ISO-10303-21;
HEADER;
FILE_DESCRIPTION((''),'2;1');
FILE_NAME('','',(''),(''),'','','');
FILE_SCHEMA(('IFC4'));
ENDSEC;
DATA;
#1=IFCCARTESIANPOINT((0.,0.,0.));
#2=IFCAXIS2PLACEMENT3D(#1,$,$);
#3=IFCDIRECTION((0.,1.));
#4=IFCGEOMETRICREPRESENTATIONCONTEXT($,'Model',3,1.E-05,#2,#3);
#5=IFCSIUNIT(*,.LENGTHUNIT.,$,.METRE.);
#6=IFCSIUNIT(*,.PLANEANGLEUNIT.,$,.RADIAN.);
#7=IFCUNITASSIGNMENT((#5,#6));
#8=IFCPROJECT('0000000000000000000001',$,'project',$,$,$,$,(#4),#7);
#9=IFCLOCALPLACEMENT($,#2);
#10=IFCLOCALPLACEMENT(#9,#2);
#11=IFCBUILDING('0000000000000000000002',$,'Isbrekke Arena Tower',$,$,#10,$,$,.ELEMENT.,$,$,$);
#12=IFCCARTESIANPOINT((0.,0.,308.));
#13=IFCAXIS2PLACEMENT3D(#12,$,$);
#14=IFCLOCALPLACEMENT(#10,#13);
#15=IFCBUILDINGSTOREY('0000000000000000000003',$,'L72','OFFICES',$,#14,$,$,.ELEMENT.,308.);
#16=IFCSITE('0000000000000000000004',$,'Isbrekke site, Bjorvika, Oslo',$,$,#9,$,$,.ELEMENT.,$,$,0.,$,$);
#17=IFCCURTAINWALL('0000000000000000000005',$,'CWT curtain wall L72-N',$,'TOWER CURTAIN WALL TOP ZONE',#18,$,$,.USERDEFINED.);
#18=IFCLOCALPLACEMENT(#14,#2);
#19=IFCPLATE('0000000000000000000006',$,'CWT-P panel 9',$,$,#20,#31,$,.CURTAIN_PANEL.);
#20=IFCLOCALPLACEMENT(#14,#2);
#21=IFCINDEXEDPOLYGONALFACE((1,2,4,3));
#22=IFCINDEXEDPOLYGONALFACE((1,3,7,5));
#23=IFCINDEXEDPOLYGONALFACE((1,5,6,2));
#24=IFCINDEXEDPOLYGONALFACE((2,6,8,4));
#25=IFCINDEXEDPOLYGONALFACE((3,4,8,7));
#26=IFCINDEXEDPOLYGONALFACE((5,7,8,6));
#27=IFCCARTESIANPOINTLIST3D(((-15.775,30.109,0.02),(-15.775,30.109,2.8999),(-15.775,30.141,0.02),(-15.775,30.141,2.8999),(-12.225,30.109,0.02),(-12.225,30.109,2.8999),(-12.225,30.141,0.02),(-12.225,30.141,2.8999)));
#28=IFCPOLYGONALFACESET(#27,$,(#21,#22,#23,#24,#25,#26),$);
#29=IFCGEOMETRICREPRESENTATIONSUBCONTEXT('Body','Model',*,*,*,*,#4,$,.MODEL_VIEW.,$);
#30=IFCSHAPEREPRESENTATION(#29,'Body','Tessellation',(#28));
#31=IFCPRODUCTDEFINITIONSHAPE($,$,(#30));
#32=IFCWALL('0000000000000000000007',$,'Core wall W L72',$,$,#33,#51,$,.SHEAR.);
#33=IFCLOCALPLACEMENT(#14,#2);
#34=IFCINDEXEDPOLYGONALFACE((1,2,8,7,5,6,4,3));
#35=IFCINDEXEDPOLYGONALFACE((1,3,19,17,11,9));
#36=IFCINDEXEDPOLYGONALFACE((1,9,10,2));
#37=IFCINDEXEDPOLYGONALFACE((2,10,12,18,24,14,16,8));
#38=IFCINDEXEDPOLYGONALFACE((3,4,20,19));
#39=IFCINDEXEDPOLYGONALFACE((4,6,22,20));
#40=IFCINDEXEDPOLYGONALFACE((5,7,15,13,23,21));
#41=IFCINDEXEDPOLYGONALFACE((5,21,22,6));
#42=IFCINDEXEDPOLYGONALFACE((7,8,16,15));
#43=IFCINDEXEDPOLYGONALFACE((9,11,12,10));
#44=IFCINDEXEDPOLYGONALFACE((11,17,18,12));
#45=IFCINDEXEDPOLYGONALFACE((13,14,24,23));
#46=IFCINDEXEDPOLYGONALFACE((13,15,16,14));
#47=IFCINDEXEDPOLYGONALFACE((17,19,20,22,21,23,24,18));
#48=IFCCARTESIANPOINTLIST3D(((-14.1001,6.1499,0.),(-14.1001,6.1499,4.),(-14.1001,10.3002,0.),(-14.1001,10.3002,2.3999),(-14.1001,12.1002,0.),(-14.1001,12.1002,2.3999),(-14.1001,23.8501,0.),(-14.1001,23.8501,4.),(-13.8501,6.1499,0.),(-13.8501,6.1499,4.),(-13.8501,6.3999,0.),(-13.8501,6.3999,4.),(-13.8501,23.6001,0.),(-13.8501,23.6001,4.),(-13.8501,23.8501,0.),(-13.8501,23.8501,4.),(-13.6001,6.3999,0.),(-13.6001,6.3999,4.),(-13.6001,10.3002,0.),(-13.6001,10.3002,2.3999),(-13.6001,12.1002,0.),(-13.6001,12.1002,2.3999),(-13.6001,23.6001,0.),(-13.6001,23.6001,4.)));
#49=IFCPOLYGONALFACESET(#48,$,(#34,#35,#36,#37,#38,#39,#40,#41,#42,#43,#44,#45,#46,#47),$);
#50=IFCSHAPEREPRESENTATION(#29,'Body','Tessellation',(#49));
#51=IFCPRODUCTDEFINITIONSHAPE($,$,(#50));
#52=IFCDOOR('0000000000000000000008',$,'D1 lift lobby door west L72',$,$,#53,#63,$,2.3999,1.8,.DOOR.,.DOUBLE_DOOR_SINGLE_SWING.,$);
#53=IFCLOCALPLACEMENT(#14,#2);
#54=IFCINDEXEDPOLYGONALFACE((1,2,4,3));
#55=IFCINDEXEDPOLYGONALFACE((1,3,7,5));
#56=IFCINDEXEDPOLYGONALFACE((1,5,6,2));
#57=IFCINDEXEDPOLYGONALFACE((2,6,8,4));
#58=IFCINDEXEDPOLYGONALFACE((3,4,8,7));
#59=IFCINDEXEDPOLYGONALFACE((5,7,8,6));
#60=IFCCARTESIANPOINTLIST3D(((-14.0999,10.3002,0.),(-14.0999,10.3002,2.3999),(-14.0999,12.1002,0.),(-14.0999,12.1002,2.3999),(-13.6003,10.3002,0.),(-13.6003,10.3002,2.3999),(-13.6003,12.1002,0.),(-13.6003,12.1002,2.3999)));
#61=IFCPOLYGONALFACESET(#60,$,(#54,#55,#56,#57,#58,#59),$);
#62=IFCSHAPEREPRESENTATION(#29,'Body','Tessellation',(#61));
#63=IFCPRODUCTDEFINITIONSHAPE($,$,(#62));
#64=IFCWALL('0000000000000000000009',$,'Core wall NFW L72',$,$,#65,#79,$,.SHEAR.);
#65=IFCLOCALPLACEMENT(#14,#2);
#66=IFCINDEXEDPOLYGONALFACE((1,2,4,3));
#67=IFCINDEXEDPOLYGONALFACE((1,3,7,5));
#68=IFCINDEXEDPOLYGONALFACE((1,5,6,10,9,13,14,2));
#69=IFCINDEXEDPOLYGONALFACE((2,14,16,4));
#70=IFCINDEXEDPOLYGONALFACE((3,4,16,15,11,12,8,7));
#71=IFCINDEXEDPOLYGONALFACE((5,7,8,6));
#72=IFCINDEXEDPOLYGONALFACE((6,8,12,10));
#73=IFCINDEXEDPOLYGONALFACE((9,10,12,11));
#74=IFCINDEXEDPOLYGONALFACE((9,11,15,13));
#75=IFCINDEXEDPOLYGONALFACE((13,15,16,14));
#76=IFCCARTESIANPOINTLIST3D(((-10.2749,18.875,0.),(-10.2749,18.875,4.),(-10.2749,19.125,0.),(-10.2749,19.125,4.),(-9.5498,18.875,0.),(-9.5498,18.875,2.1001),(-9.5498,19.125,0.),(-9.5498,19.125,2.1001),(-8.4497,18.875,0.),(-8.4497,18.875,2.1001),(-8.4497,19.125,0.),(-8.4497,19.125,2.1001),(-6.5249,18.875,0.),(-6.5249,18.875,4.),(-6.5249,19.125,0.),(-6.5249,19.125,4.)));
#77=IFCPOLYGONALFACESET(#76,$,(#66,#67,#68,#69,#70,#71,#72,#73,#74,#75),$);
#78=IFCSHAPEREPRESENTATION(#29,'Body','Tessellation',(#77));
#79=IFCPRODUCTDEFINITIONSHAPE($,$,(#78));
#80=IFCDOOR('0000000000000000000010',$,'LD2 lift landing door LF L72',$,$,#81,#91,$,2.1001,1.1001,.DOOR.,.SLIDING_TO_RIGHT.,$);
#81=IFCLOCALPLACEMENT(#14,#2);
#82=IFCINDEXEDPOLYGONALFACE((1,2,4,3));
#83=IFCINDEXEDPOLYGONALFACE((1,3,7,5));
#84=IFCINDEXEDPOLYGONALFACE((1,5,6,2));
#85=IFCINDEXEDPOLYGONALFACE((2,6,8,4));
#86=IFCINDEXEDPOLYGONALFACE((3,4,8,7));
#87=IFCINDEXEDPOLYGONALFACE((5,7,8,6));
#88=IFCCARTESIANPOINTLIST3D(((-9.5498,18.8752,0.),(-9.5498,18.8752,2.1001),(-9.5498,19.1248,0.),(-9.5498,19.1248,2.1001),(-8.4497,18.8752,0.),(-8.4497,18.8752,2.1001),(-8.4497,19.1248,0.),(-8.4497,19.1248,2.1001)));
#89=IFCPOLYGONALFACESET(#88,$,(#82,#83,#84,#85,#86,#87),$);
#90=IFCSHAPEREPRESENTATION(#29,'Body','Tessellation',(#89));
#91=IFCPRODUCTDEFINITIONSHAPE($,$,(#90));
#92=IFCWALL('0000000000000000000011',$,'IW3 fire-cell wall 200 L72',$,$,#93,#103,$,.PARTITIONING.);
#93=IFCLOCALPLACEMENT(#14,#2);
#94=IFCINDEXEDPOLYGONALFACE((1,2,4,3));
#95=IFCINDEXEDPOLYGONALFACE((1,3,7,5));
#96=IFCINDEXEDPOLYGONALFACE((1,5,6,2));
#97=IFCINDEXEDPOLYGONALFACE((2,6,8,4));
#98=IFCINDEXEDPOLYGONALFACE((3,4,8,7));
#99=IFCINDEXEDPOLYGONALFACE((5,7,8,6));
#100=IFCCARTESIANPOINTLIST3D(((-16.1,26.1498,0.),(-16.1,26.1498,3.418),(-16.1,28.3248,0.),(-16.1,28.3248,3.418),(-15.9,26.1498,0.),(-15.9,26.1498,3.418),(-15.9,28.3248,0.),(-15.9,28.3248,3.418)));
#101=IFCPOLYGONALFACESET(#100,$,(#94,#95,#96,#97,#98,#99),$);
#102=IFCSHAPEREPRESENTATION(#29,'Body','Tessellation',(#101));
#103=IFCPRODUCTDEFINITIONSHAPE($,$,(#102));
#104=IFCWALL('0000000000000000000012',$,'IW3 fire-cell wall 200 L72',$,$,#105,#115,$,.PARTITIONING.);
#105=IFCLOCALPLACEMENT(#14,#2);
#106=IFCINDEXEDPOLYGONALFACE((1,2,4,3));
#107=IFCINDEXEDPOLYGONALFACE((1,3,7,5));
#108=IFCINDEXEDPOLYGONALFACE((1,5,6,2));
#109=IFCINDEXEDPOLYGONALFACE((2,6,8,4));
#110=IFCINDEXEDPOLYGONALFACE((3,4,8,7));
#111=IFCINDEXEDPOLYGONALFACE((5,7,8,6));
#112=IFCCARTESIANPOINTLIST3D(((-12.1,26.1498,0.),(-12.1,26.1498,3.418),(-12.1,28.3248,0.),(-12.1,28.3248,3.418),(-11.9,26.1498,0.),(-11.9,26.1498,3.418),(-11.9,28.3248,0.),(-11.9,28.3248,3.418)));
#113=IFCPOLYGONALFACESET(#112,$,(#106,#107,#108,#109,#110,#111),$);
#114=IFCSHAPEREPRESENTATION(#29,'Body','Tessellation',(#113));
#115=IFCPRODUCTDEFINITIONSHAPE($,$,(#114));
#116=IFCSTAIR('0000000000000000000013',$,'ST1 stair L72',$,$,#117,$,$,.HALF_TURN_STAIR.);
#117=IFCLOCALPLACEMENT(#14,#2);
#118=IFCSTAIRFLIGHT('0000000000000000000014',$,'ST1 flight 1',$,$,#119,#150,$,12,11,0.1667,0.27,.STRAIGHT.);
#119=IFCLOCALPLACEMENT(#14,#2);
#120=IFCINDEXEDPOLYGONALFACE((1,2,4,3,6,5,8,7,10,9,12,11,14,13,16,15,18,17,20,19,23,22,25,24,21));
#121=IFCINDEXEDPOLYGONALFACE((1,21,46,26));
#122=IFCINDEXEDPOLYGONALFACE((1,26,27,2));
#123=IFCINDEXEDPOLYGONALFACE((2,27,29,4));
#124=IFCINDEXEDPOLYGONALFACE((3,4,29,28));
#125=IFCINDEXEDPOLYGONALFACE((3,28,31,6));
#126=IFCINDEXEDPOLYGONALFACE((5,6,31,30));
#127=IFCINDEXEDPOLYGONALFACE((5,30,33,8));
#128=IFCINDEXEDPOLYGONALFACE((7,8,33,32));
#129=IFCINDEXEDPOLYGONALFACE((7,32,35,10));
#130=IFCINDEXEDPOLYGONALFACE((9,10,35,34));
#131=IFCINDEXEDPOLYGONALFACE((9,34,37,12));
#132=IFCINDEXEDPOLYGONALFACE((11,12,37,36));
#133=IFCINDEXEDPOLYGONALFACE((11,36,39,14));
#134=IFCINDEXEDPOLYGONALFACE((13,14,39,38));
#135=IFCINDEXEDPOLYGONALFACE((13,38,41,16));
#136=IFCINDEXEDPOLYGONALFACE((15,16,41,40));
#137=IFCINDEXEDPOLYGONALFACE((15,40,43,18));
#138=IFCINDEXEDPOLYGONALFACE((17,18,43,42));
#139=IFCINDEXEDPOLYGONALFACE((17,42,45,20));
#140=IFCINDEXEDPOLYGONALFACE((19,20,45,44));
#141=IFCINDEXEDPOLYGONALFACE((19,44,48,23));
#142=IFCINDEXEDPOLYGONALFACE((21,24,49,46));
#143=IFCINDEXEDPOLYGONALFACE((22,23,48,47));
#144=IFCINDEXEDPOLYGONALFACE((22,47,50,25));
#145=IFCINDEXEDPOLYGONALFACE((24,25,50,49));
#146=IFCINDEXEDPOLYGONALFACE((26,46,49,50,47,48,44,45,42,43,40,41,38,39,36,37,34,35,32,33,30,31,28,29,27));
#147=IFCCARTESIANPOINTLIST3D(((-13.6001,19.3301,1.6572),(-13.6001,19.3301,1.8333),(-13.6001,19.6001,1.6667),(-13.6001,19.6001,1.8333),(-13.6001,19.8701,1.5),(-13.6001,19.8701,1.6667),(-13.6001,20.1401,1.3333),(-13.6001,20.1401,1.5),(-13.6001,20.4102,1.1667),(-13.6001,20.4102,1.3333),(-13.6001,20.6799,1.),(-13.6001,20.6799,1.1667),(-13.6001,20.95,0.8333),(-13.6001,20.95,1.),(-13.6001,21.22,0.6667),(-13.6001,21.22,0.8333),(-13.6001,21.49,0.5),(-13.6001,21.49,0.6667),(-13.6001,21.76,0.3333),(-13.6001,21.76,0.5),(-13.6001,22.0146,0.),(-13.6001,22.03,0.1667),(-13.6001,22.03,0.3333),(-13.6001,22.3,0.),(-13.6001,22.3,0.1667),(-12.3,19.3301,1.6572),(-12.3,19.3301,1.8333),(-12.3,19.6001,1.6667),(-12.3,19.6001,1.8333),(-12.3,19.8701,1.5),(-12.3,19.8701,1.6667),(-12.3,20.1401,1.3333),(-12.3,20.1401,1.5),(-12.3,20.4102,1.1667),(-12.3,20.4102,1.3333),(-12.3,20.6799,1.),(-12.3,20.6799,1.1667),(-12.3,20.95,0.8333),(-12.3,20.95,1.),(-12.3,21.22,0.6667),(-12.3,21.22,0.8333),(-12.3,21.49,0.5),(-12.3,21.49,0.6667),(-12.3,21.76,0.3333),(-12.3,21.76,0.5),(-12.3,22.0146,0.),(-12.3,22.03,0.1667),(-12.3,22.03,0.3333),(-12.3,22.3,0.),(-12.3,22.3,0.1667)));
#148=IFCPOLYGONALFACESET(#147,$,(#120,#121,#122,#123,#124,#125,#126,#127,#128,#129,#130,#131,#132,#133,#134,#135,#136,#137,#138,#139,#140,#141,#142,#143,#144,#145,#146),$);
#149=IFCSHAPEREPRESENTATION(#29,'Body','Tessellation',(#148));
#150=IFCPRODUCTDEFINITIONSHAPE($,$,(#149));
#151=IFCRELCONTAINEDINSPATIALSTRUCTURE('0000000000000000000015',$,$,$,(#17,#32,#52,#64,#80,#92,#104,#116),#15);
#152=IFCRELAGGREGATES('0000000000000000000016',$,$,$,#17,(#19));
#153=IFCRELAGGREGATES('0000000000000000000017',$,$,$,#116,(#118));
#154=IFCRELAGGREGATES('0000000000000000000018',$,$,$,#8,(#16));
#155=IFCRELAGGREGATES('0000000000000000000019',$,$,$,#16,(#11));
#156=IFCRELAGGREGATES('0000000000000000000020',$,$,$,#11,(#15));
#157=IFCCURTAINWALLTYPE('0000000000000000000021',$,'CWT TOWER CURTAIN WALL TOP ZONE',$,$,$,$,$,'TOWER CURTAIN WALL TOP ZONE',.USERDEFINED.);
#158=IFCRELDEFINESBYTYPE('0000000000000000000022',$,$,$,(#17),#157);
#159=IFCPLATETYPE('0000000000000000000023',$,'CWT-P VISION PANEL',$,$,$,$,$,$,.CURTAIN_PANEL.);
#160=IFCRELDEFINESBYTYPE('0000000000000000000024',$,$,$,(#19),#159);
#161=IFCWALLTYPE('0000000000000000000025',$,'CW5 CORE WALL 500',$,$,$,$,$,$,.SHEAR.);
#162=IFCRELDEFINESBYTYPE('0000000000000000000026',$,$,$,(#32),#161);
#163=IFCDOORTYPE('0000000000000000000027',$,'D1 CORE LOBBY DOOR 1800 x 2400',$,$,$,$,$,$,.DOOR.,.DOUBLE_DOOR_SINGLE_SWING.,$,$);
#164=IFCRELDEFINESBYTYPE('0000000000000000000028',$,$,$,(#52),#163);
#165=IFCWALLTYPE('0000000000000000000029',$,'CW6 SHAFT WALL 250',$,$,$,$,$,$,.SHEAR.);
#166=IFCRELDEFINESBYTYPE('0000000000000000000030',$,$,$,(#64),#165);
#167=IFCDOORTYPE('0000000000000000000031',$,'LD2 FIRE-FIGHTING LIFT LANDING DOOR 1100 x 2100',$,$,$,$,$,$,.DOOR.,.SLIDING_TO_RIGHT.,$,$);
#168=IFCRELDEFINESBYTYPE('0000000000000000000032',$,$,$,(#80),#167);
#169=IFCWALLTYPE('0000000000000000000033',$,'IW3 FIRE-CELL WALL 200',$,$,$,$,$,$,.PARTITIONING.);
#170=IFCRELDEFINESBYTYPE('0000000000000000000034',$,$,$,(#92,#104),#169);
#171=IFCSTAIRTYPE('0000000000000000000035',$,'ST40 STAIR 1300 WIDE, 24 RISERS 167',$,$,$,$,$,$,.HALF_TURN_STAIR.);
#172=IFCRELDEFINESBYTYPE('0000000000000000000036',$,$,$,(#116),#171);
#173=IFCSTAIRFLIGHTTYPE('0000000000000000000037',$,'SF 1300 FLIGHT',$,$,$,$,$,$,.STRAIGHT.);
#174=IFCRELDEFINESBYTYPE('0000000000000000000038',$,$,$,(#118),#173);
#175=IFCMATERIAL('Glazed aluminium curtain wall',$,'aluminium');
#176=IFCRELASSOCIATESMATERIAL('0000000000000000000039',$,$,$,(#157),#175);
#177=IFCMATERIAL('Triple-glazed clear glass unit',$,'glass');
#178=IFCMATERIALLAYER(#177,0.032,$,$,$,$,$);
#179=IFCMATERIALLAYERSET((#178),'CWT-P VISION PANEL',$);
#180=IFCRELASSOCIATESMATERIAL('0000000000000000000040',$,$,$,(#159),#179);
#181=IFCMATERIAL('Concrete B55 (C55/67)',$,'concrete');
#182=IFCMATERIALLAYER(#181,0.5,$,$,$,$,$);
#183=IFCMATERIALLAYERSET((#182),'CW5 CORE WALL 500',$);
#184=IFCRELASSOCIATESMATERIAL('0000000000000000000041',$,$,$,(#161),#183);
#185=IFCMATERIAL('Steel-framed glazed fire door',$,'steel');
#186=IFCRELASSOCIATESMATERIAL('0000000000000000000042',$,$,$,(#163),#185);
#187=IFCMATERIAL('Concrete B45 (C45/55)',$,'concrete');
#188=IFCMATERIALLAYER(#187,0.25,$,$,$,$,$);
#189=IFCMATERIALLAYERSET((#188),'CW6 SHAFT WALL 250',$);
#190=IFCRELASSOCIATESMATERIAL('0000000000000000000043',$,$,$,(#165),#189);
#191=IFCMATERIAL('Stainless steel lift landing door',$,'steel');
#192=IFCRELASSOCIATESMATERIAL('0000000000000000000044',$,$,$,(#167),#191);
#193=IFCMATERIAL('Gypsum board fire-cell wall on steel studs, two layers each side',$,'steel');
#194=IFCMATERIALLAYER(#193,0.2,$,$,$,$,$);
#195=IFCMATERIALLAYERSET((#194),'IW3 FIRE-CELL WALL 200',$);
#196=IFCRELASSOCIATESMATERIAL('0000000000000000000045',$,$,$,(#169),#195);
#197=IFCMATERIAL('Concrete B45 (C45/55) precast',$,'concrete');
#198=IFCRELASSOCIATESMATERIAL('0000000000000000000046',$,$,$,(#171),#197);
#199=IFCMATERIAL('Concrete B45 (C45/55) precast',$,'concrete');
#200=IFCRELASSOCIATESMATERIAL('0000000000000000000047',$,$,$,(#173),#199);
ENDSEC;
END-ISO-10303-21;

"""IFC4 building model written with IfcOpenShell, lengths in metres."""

from ifc_helpers import new_model, si_unit, direction, frame, frame_2d, origin, origin_2d, place, context, subcontext, project, spatial, polyline, rectangle, outline, extrude, material, layer, layer_set, type_object, element, fill, aggregate, save


model = new_model("IFC4")

# Units and contexts
model_context = context("Model", 3, precision=1e-05, world=origin(), true_north=direction((0.0, 1.0)))
body_context = subcontext(model_context, "Body", "Model", "MODEL_VIEW")
ifc_project = project(units=[si_unit("LENGTHUNIT", "METRE"), si_unit("PLANEANGLEUNIT", "RADIAN")], contexts=[model_context])

# Site, building, storey
site_placement = place(None, origin())
site = spatial("IfcSite", under=ifc_project, at=site_placement, Name="Isbrekke site, Bjorvika, Oslo", CompositionType="ELEMENT", RefElevation=0.0)
building_placement = place(site_placement, origin())
building = spatial("IfcBuilding", under=site, at=building_placement, Name="Isbrekke Arena Tower", CompositionType="ELEMENT")
storey_placement = place(building_placement, frame((0.0, 0.0, 308.0)))
storey = spatial("IfcBuildingStorey", under=building, at=storey_placement, Name="L72", Description="OFFICES", CompositionType="ELEMENT", Elevation=308.0)

# Curtain wall
ifc_material_1 = material(Name="Glazed aluminium curtain wall", Category="aluminium")
curtain_wall_type = type_object("IfcCurtainWallType", Name="CWT TOWER CURTAIN WALL TOP ZONE", ElementType="TOWER CURTAIN WALL TOP ZONE", PredefinedType="USERDEFINED", material=ifc_material_1)
curtain_wall_placement = place(storey_placement, origin())
curtain_wall = element("IfcCurtainWall", 1, at=curtain_wall_placement, inside=storey, type_object=curtain_wall_type, Name="CWT curtain wall L72-N", ObjectType="TOWER CURTAIN WALL TOP ZONE", PredefinedType="USERDEFINED")

# Plate
ifc_material_2 = material(Name="Triple-glazed clear glass unit", Category="glass")
ifc_layer_1 = layer(ifc_material_2, 0.032)
ifc_layer_set_1 = layer_set([ifc_layer_1], Name="CWT-P VISION PANEL")
plate_type = type_object("IfcPlateType", Name="CWT-P VISION PANEL", PredefinedType="CURTAIN_PANEL", material=ifc_layer_set_1)
plate_placement = place(storey_placement, frame((-14.0, 30.125, 0.02), z_axis=(0.0, 0.0, 1.0), x_axis=(-1.0, 0.0, 0.0)))
plate = element("IfcPlate", 2, at=plate_placement, type_object=plate_type, Name="CWT-P panel 9", PredefinedType="CURTAIN_PANEL", context=body_context, shape_type="SweptSolid", body=[
    extrude(rectangle(XDim=3.55, YDim=0.032, at=origin_2d()), origin(), (0.0, 0.0, 1.0), 2.8799),
])
aggregate(curtain_wall, [plate])

# Walls, openings, doors
ifc_material_3 = material(Name="Concrete B55 (C55/67)", Category="concrete")
ifc_layer_2 = layer(ifc_material_3, 0.5)
ifc_layer_set_2 = layer_set([ifc_layer_2], Name="CW5 CORE WALL 500")
wall_type_1 = type_object("IfcWallType", Name="CW5 CORE WALL 500", PredefinedType="SHEAR", material=ifc_layer_set_2)
wall_1_placement = place(storey_placement, frame((-13.8501, 23.8501, 0.0), z_axis=(0.0, 0.0, 1.0), x_axis=(0.0, -1.0, 0.0)))
wall_1 = element("IfcWall", 3, at=wall_1_placement, inside=storey, type_object=wall_type_1, Name="Core wall W L72", PredefinedType="SHEAR", context=body_context, shape_type="SweptSolid", body=[
    extrude(outline(polyline([(0.0, -0.25), (17.7002, -0.25), (17.7002, 0.0), (17.4502, 0.0), (17.4502, 0.25), (0.25, 0.25), (0.25, 0.0), (0.0, 0.0), (0.0, -0.25)])), origin(), (0.0, 0.0, 1.0), 4.0),
])
opening_1_placement = place(wall_1_placement, frame((11.75, 0.0, 0.0)))
opening_1 = element("IfcOpeningElement", 4, at=opening_1_placement, cuts=wall_1, PredefinedType="OPENING", context=body_context, shape_type="SweptSolid", body=[
    extrude(rectangle(XDim=1.8, YDim=2.3999, at=frame_2d((0.8999, 1.2))), frame((0.0, 0.2649, 0.0), z_axis=(0.0, -1.0, 0.0), x_axis=(1.0, 0.0, 0.0)), (0.0, 0.0, 1.0), 0.5298),
])
ifc_material_4 = material(Name="Steel-framed glazed fire door", Category="steel")
door_type_1 = type_object("IfcDoorType", Name="D1 CORE LOBBY DOOR 1800 x 2400", OperationType="DOUBLE_DOOR_SINGLE_SWING", PredefinedType="DOOR", material=ifc_material_4)
door_1_placement = place(opening_1_placement, origin())
door_1 = element("IfcDoor", 5, at=door_1_placement, inside=storey, type_object=door_type_1, Name="D1 lift lobby door west L72", OperationType="DOUBLE_DOOR_SINGLE_SWING", OverallHeight=2.3999, OverallWidth=1.8, PredefinedType="DOOR", context=body_context, shape_type="SweptSolid", body=[
    extrude(rectangle(XDim=1.8, YDim=2.3999, at=frame_2d((0.8999, 1.2))), frame((0.0, 0.2498, 0.0), z_axis=(0.0, -1.0, 0.0), x_axis=(1.0, 0.0, 0.0)), (0.0, 0.0, 1.0), 0.4995),
])
fill(opening_1, door_1)
ifc_material_5 = material(Name="Concrete B45 (C45/55)", Category="concrete")
ifc_layer_3 = layer(ifc_material_5, 0.25)
ifc_layer_set_3 = layer_set([ifc_layer_3], Name="CW6 SHAFT WALL 250")
wall_type_2 = type_object("IfcWallType", Name="CW6 SHAFT WALL 250", PredefinedType="SHEAR", material=ifc_layer_set_3)
wall_2_placement = place(storey_placement, frame((-10.2749, 19.0, 0.0), z_axis=(0.0, 0.0, 1.0), x_axis=(1.0, 0.0, 0.0)))
wall_2 = element("IfcWall", 6, at=wall_2_placement, inside=storey, type_object=wall_type_2, Name="Core wall NFW L72", PredefinedType="SHEAR", context=body_context, shape_type="SweptSolid", body=[
    extrude(rectangle(XDim=3.75, YDim=0.25, at=frame_2d((1.875, 0.0))), origin(), (0.0, 0.0, 1.0), 4.0),
])
opening_2_placement = place(wall_2_placement, frame((0.7251, 0.0, 0.0)))
opening_2 = element("IfcOpeningElement", 7, at=opening_2_placement, cuts=wall_2, PredefinedType="OPENING", context=body_context, shape_type="SweptSolid", body=[
    extrude(rectangle(XDim=1.1001, YDim=2.1001, at=frame_2d((0.55, 1.05))), frame((0.0, 0.1399, 0.0), z_axis=(0.0, -1.0, 0.0), x_axis=(1.0, 0.0, 0.0)), (0.0, 0.0, 1.0), 0.2798),
])
ifc_material_6 = material(Name="Stainless steel lift landing door", Category="steel")
door_type_2 = type_object("IfcDoorType", Name="LD2 FIRE-FIGHTING LIFT LANDING DOOR 1100 x 2100", OperationType="SLIDING_TO_RIGHT", PredefinedType="DOOR", material=ifc_material_6)
door_2_placement = place(opening_2_placement, origin())
door_2 = element("IfcDoor", 8, at=door_2_placement, inside=storey, type_object=door_type_2, Name="LD2 lift landing door LF L72", OperationType="SLIDING_TO_RIGHT", OverallHeight=2.1001, OverallWidth=1.1001, PredefinedType="DOOR", context=body_context, shape_type="SweptSolid", body=[
    extrude(rectangle(XDim=1.1001, YDim=2.1001, at=frame_2d((0.55, 1.05))), frame((0.0, 0.1248, 0.0), z_axis=(0.0, -1.0, 0.0), x_axis=(1.0, 0.0, 0.0)), (0.0, 0.0, 1.0), 0.2495),
])
fill(opening_2, door_2)

# Shared definitions
ifc_material_7 = material(Name="Gypsum board fire-cell wall on steel studs, two layers each side", Category="steel")
ifc_layer_4 = layer(ifc_material_7, 0.2)
ifc_layer_set_4 = layer_set([ifc_layer_4], Name="IW3 FIRE-CELL WALL 200")
wall_type_3 = type_object("IfcWallType", Name="IW3 FIRE-CELL WALL 200", PredefinedType="PARTITIONING", material=ifc_layer_set_4)

# Walls
for number, where, z_axis, x_axis, name in (
    (9, (-16.0, 26.1499, 0.0), (0.0, 0.0, 1.0), (0.0, 1.0, 0.0), "IW3 fire-cell wall 200 L72"),
    (10, (-12.0, 26.1499, 0.0), (0.0, 0.0, 1.0), (0.0, 1.0, 0.0), "IW3 fire-cell wall 200 L72"),
):
    element("IfcWall", number, at=place(storey_placement, frame(where, z_axis=z_axis, x_axis=x_axis)), inside=storey, type_object=wall_type_3, Name=name, PredefinedType="PARTITIONING", context=body_context, shape_type="SweptSolid", body=[
        extrude(rectangle(XDim=2.175, YDim=0.2, at=frame_2d((1.0874, 0.0))), origin(), (0.0, 0.0, 1.0), 3.418),
    ])

# Stair, stair flight
ifc_material_8 = material(Name="Concrete B45 (C45/55) precast", Category="concrete")
stair_type = type_object("IfcStairType", Name="ST40 STAIR 1300 WIDE, 24 RISERS 167", PredefinedType="HALF_TURN_STAIR", material=ifc_material_8)
stair_placement = place(storey_placement, origin())
stair = element("IfcStair", 11, at=stair_placement, inside=storey, type_object=stair_type, Name="ST1 stair L72", PredefinedType="HALF_TURN_STAIR")
ifc_material_9 = material(Name="Concrete B45 (C45/55) precast", Category="concrete")
stair_flight_type = type_object("IfcStairFlightType", Name="SF 1300 FLIGHT", PredefinedType="STRAIGHT", material=ifc_material_9)
stair_flight_1_placement = place(storey_placement, frame((-12.95, 22.3, 0.0), z_axis=(0.0, 0.0, 1.0), x_axis=(0.0, -1.0, 0.0)))
stair_flight_1 = element("IfcStairFlight", 12, at=stair_flight_1_placement, type_object=stair_flight_type, Name="ST1 flight 1", NumberOfRisers=12, NumberOfTreads=11, PredefinedType="STRAIGHT", RiserHeight=0.1667, TreadLength=0.27, context=body_context, shape_type="SweptSolid", body=[
    extrude(outline(polyline([(0.0, 0.0), (0.0, 0.1667), (0.27, 0.1667), (0.27, 0.3333), (0.54, 0.3333), (0.54, 0.5), (0.8101, 0.5), (0.8101, 0.6667), (1.0801, 0.6667), (1.0801, 0.8333), (1.3501, 0.8333), (1.3501, 1.0), (1.6201, 1.0), (1.6201, 1.1667), (1.8899, 1.1667), (1.8899, 1.3333), (2.1599, 1.3333), (2.1599, 1.5), (2.4299, 1.5), (2.4299, 1.6667), (2.7, 1.6667), (2.7, 1.8333), (2.97, 1.8333), (2.97, 2.0), (2.97, 1.6572), (0.2854, 0.0), (0.0, 0.0)])), frame((0.0, 0.6499, 0.0), z_axis=(0.0, -1.0, 0.0), x_axis=(1.0, 0.0, 0.0)), (0.0, 0.0, 1.0), 1.3),
])
aggregate(stair, [stair_flight_1])

save(model, "model.ifc")
